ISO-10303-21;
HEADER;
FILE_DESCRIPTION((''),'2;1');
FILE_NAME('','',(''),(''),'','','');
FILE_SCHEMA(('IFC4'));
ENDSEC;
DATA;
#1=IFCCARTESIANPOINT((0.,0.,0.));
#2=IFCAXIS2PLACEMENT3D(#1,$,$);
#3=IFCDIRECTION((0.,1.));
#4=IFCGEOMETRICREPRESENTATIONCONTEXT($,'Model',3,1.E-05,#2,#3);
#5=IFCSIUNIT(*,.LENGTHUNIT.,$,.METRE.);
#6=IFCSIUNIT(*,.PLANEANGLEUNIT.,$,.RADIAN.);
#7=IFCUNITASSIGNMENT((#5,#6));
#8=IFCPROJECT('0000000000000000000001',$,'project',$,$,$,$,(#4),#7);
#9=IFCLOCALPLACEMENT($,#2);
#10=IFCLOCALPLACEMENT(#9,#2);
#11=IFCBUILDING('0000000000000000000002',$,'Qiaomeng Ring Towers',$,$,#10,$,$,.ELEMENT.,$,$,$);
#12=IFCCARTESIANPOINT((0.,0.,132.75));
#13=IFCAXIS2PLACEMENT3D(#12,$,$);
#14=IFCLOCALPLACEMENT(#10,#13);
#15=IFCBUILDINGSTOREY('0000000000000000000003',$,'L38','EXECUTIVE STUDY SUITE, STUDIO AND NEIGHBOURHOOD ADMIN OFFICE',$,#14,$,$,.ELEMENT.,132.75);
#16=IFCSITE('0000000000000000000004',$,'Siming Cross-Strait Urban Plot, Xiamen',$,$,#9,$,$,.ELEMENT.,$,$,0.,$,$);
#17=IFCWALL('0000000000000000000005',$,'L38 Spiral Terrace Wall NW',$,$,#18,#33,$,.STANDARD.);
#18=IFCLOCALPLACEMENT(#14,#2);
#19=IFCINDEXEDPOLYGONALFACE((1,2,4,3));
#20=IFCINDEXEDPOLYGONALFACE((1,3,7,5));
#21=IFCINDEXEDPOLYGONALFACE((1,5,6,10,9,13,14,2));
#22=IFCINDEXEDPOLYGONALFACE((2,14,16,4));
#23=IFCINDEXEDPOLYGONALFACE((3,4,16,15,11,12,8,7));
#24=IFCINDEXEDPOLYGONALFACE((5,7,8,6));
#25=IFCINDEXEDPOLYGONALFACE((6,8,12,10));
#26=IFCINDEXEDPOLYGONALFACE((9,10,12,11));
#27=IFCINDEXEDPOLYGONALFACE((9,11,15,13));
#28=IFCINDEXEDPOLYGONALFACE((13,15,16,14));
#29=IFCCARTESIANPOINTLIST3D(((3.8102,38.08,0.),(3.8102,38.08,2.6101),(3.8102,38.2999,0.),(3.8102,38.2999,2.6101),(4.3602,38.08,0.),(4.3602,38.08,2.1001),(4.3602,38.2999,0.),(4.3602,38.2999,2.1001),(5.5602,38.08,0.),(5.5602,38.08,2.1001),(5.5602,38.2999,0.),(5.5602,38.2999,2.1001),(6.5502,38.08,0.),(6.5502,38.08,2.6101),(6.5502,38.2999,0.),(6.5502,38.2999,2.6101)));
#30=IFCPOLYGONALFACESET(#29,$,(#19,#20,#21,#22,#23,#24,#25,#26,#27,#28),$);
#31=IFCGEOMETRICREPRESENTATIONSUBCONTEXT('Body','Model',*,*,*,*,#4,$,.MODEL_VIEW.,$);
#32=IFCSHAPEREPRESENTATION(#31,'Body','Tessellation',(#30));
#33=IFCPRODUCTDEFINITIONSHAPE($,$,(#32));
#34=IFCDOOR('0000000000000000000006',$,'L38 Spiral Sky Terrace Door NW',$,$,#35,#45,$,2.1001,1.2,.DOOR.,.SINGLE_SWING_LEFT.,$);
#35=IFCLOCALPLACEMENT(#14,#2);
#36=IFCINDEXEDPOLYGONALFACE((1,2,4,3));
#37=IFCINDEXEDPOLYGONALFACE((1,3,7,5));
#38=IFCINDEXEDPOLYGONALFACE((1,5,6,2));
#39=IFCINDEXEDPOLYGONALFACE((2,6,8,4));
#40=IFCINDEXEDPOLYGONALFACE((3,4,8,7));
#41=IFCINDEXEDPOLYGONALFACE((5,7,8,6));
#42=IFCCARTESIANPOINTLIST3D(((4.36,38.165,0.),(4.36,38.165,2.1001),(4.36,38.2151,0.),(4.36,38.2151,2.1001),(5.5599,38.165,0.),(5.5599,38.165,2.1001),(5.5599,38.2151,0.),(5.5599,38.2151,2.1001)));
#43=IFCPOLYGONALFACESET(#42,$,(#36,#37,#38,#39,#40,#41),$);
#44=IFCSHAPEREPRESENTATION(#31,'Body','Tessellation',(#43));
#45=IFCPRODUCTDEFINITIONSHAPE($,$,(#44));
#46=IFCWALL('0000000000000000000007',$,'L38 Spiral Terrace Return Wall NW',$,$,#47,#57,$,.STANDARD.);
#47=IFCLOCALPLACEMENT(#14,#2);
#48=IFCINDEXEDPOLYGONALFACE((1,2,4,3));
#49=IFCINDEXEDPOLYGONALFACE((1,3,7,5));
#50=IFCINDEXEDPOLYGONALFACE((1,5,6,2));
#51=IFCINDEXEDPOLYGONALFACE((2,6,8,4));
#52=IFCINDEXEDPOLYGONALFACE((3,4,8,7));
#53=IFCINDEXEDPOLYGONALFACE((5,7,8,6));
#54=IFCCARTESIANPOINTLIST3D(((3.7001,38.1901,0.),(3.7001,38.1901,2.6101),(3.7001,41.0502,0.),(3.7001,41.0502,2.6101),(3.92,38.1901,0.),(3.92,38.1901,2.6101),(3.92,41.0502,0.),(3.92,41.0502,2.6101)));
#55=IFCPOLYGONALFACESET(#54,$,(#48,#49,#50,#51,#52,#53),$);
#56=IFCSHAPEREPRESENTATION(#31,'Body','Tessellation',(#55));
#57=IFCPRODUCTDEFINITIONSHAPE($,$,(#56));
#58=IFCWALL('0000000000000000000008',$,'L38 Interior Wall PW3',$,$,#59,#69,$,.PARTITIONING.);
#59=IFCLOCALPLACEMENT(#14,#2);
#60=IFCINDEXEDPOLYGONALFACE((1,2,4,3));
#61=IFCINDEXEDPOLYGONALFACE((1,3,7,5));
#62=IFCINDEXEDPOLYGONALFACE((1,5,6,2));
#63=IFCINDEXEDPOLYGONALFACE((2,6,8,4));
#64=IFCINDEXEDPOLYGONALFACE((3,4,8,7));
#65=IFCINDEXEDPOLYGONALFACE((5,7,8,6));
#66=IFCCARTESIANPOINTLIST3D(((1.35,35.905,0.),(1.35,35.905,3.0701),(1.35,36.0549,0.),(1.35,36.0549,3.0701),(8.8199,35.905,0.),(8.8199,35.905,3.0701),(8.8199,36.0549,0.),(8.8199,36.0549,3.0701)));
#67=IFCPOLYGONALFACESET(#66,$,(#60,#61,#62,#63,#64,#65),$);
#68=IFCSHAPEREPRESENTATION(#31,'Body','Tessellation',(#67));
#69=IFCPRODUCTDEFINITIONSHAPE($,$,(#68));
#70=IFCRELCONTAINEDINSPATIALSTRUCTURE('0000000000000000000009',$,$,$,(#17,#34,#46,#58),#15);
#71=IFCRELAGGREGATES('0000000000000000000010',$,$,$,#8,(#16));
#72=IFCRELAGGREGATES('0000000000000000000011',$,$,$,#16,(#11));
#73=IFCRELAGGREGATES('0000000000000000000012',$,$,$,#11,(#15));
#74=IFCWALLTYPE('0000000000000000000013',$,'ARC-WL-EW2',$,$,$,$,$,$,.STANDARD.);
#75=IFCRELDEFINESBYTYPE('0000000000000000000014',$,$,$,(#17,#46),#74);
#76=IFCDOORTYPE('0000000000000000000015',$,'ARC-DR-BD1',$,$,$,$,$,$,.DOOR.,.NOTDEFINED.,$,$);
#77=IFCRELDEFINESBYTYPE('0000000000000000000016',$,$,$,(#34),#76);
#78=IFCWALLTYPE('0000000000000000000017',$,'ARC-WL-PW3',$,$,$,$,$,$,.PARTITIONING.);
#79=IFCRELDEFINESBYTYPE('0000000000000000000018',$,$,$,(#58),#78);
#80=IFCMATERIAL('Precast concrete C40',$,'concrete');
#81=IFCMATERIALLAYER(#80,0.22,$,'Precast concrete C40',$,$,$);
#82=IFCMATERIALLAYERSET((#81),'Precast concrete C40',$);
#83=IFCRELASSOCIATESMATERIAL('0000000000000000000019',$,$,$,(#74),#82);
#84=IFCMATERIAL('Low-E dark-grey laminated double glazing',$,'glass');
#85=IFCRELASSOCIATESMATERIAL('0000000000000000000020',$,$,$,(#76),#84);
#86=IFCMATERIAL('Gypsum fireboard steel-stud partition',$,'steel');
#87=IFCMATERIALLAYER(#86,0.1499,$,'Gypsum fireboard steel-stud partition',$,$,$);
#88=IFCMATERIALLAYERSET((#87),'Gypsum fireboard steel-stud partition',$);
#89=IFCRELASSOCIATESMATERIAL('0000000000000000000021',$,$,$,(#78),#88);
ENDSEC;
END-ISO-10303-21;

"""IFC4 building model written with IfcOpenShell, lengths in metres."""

from ifc_helpers import new_model, si_unit, direction, frame, frame_2d, origin, place, context, subcontext, project, spatial, rectangle, extrude, source, transform, mapped, material, layer, layer_set, type_object, element, fill, save


model = new_model("IFC4")

# Units and contexts
model_context = context("Model", 3, precision=1e-05, world=origin(), true_north=direction((0.0, 1.0)))
body_context = subcontext(model_context, "Body", "Model", "MODEL_VIEW")
ifc_project = project(units=[si_unit("LENGTHUNIT", "METRE"), si_unit("PLANEANGLEUNIT", "RADIAN")], contexts=[model_context])

# Site, building, storey
site_placement = place(None, origin())
site = spatial("IfcSite", under=ifc_project, at=site_placement, Name="Siming Cross-Strait Urban Plot, Xiamen", CompositionType="ELEMENT", RefElevation=0.0)
building_placement = place(site_placement, origin())
building = spatial("IfcBuilding", under=site, at=building_placement, Name="Qiaomeng Ring Towers", CompositionType="ELEMENT")
storey_placement = place(building_placement, frame((0.0, 0.0, 132.75)))
storey = spatial("IfcBuildingStorey", under=building, at=storey_placement, Name="L38", Description="EXECUTIVE STUDY SUITE, STUDIO AND NEIGHBOURHOOD ADMIN OFFICE", CompositionType="ELEMENT", Elevation=132.75)

# Shared definitions
ifc_material_1 = material(Name="Precast concrete C40", Category="concrete")
ifc_layer_1 = layer(ifc_material_1, 0.22, Name="Precast concrete C40")
ifc_layer_set_1 = layer_set([ifc_layer_1], Name="Precast concrete C40")
wall_type_1 = type_object("IfcWallType", Name="ARC-WL-EW2", PredefinedType="STANDARD", material=ifc_layer_set_1)
ifc_material_2 = material(Name="Low-E dark-grey laminated double glazing", Category="glass")
door_type = type_object("IfcDoorType", Name="ARC-DR-BD1", OperationType="NOTDEFINED", PredefinedType="DOOR", material=ifc_material_2)
shared_shape_1 = source(origin(), body_context, "Body", "SweptSolid", [
    extrude(rectangle(XDim=1.2, YDim=2.1001, at=frame_2d((0.6001, 1.05))), frame((0.0, 0.0249, 0.0), z_axis=(0.0, -1.0, 0.0), x_axis=(1.0, 0.0, 0.0)), (0.0, 0.0, 1.0), 0.05),
])

# Wall, opening, door
wall_1_placement = place(storey_placement, frame((3.8101, 38.1899, 0.0), z_axis=(0.0, 0.0, 1.0), x_axis=(1.0, 0.0, 0.0)))
wall_1 = element("IfcWall", 1, at=wall_1_placement, inside=storey, type_object=wall_type_1, Name="L38 Spiral Terrace Wall NW", PredefinedType="STANDARD", context=body_context, shape_type="SweptSolid", body=[
    extrude(rectangle(XDim=2.74, YDim=0.22, at=frame_2d((1.3701, 0.0))), origin(), (0.0, 0.0, 1.0), 2.6101),
])
opening_1_placement = place(wall_1_placement, frame((0.55, 0.0, 0.0)))
opening_1 = element("IfcOpeningElement", 2, at=opening_1_placement, cuts=wall_1, PredefinedType="OPENING", context=body_context, shape_type="SweptSolid", body=[
    extrude(rectangle(XDim=1.2, YDim=2.1001, at=frame_2d((0.6001, 1.05))), frame((0.0, 0.1199, 0.0), z_axis=(0.0, -1.0, 0.0), x_axis=(1.0, 0.0, 0.0)), (0.0, 0.0, 1.0), 0.24),
])
door_1_placement = place(opening_1_placement, frame((1.2, 0.0, 0.0), z_axis=(0.0, 0.0, 1.0), x_axis=(-1.0, 0.0, 0.0)))
door_1 = element("IfcDoor", 3, at=door_1_placement, inside=storey, type_object=door_type, Name="L38 Spiral Sky Terrace Door NW", OperationType="SINGLE_SWING_LEFT", OverallHeight=2.1001, OverallWidth=1.2, PredefinedType="DOOR", context=body_context, shape_type="MappedRepresentation", body=[
    mapped(shared_shape_1, transform((0.0, 0.0, 0.0), x_axis=(1.0, 0.0, 0.0), y_axis=(0.0, 1.0, 0.0), z_axis=(0.0, 0.0, 1.0), scale=1.0)),
])
fill(opening_1, door_1)

# Walls
wall_2_placement = place(storey_placement, frame((3.8101, 38.1899, 0.0), z_axis=(0.0, 0.0, 1.0), x_axis=(0.0, 1.0, 0.0)))
element("IfcWall", 4, at=wall_2_placement, inside=storey, type_object=wall_type_1, Name="L38 Spiral Terrace Return Wall NW", PredefinedType="STANDARD", context=body_context, shape_type="SweptSolid", body=[
    extrude(rectangle(XDim=2.8601, YDim=0.22, at=frame_2d((1.4302, 0.0))), origin(), (0.0, 0.0, 1.0), 2.6101),
])
ifc_material_3 = material(Name="Gypsum fireboard steel-stud partition", Category="steel")
ifc_layer_2 = layer(ifc_material_3, 0.1499, Name="Gypsum fireboard steel-stud partition")
ifc_layer_set_2 = layer_set([ifc_layer_2], Name="Gypsum fireboard steel-stud partition")
wall_type_2 = type_object("IfcWallType", Name="ARC-WL-PW3", PredefinedType="PARTITIONING", material=ifc_layer_set_2)
wall_3_placement = place(storey_placement, frame((1.3501, 35.98, 0.0), z_axis=(0.0, 0.0, 1.0), x_axis=(1.0, 0.0, 0.0)))
element("IfcWall", 5, at=wall_3_placement, inside=storey, type_object=wall_type_2, Name="L38 Interior Wall PW3", PredefinedType="PARTITIONING", context=body_context, shape_type="SweptSolid", body=[
    extrude(rectangle(XDim=7.47, YDim=0.1499, at=frame_2d((3.7349, 0.0))), origin(), (0.0, 0.0, 1.0), 3.0701),
])

save(model, "model.ifc")
